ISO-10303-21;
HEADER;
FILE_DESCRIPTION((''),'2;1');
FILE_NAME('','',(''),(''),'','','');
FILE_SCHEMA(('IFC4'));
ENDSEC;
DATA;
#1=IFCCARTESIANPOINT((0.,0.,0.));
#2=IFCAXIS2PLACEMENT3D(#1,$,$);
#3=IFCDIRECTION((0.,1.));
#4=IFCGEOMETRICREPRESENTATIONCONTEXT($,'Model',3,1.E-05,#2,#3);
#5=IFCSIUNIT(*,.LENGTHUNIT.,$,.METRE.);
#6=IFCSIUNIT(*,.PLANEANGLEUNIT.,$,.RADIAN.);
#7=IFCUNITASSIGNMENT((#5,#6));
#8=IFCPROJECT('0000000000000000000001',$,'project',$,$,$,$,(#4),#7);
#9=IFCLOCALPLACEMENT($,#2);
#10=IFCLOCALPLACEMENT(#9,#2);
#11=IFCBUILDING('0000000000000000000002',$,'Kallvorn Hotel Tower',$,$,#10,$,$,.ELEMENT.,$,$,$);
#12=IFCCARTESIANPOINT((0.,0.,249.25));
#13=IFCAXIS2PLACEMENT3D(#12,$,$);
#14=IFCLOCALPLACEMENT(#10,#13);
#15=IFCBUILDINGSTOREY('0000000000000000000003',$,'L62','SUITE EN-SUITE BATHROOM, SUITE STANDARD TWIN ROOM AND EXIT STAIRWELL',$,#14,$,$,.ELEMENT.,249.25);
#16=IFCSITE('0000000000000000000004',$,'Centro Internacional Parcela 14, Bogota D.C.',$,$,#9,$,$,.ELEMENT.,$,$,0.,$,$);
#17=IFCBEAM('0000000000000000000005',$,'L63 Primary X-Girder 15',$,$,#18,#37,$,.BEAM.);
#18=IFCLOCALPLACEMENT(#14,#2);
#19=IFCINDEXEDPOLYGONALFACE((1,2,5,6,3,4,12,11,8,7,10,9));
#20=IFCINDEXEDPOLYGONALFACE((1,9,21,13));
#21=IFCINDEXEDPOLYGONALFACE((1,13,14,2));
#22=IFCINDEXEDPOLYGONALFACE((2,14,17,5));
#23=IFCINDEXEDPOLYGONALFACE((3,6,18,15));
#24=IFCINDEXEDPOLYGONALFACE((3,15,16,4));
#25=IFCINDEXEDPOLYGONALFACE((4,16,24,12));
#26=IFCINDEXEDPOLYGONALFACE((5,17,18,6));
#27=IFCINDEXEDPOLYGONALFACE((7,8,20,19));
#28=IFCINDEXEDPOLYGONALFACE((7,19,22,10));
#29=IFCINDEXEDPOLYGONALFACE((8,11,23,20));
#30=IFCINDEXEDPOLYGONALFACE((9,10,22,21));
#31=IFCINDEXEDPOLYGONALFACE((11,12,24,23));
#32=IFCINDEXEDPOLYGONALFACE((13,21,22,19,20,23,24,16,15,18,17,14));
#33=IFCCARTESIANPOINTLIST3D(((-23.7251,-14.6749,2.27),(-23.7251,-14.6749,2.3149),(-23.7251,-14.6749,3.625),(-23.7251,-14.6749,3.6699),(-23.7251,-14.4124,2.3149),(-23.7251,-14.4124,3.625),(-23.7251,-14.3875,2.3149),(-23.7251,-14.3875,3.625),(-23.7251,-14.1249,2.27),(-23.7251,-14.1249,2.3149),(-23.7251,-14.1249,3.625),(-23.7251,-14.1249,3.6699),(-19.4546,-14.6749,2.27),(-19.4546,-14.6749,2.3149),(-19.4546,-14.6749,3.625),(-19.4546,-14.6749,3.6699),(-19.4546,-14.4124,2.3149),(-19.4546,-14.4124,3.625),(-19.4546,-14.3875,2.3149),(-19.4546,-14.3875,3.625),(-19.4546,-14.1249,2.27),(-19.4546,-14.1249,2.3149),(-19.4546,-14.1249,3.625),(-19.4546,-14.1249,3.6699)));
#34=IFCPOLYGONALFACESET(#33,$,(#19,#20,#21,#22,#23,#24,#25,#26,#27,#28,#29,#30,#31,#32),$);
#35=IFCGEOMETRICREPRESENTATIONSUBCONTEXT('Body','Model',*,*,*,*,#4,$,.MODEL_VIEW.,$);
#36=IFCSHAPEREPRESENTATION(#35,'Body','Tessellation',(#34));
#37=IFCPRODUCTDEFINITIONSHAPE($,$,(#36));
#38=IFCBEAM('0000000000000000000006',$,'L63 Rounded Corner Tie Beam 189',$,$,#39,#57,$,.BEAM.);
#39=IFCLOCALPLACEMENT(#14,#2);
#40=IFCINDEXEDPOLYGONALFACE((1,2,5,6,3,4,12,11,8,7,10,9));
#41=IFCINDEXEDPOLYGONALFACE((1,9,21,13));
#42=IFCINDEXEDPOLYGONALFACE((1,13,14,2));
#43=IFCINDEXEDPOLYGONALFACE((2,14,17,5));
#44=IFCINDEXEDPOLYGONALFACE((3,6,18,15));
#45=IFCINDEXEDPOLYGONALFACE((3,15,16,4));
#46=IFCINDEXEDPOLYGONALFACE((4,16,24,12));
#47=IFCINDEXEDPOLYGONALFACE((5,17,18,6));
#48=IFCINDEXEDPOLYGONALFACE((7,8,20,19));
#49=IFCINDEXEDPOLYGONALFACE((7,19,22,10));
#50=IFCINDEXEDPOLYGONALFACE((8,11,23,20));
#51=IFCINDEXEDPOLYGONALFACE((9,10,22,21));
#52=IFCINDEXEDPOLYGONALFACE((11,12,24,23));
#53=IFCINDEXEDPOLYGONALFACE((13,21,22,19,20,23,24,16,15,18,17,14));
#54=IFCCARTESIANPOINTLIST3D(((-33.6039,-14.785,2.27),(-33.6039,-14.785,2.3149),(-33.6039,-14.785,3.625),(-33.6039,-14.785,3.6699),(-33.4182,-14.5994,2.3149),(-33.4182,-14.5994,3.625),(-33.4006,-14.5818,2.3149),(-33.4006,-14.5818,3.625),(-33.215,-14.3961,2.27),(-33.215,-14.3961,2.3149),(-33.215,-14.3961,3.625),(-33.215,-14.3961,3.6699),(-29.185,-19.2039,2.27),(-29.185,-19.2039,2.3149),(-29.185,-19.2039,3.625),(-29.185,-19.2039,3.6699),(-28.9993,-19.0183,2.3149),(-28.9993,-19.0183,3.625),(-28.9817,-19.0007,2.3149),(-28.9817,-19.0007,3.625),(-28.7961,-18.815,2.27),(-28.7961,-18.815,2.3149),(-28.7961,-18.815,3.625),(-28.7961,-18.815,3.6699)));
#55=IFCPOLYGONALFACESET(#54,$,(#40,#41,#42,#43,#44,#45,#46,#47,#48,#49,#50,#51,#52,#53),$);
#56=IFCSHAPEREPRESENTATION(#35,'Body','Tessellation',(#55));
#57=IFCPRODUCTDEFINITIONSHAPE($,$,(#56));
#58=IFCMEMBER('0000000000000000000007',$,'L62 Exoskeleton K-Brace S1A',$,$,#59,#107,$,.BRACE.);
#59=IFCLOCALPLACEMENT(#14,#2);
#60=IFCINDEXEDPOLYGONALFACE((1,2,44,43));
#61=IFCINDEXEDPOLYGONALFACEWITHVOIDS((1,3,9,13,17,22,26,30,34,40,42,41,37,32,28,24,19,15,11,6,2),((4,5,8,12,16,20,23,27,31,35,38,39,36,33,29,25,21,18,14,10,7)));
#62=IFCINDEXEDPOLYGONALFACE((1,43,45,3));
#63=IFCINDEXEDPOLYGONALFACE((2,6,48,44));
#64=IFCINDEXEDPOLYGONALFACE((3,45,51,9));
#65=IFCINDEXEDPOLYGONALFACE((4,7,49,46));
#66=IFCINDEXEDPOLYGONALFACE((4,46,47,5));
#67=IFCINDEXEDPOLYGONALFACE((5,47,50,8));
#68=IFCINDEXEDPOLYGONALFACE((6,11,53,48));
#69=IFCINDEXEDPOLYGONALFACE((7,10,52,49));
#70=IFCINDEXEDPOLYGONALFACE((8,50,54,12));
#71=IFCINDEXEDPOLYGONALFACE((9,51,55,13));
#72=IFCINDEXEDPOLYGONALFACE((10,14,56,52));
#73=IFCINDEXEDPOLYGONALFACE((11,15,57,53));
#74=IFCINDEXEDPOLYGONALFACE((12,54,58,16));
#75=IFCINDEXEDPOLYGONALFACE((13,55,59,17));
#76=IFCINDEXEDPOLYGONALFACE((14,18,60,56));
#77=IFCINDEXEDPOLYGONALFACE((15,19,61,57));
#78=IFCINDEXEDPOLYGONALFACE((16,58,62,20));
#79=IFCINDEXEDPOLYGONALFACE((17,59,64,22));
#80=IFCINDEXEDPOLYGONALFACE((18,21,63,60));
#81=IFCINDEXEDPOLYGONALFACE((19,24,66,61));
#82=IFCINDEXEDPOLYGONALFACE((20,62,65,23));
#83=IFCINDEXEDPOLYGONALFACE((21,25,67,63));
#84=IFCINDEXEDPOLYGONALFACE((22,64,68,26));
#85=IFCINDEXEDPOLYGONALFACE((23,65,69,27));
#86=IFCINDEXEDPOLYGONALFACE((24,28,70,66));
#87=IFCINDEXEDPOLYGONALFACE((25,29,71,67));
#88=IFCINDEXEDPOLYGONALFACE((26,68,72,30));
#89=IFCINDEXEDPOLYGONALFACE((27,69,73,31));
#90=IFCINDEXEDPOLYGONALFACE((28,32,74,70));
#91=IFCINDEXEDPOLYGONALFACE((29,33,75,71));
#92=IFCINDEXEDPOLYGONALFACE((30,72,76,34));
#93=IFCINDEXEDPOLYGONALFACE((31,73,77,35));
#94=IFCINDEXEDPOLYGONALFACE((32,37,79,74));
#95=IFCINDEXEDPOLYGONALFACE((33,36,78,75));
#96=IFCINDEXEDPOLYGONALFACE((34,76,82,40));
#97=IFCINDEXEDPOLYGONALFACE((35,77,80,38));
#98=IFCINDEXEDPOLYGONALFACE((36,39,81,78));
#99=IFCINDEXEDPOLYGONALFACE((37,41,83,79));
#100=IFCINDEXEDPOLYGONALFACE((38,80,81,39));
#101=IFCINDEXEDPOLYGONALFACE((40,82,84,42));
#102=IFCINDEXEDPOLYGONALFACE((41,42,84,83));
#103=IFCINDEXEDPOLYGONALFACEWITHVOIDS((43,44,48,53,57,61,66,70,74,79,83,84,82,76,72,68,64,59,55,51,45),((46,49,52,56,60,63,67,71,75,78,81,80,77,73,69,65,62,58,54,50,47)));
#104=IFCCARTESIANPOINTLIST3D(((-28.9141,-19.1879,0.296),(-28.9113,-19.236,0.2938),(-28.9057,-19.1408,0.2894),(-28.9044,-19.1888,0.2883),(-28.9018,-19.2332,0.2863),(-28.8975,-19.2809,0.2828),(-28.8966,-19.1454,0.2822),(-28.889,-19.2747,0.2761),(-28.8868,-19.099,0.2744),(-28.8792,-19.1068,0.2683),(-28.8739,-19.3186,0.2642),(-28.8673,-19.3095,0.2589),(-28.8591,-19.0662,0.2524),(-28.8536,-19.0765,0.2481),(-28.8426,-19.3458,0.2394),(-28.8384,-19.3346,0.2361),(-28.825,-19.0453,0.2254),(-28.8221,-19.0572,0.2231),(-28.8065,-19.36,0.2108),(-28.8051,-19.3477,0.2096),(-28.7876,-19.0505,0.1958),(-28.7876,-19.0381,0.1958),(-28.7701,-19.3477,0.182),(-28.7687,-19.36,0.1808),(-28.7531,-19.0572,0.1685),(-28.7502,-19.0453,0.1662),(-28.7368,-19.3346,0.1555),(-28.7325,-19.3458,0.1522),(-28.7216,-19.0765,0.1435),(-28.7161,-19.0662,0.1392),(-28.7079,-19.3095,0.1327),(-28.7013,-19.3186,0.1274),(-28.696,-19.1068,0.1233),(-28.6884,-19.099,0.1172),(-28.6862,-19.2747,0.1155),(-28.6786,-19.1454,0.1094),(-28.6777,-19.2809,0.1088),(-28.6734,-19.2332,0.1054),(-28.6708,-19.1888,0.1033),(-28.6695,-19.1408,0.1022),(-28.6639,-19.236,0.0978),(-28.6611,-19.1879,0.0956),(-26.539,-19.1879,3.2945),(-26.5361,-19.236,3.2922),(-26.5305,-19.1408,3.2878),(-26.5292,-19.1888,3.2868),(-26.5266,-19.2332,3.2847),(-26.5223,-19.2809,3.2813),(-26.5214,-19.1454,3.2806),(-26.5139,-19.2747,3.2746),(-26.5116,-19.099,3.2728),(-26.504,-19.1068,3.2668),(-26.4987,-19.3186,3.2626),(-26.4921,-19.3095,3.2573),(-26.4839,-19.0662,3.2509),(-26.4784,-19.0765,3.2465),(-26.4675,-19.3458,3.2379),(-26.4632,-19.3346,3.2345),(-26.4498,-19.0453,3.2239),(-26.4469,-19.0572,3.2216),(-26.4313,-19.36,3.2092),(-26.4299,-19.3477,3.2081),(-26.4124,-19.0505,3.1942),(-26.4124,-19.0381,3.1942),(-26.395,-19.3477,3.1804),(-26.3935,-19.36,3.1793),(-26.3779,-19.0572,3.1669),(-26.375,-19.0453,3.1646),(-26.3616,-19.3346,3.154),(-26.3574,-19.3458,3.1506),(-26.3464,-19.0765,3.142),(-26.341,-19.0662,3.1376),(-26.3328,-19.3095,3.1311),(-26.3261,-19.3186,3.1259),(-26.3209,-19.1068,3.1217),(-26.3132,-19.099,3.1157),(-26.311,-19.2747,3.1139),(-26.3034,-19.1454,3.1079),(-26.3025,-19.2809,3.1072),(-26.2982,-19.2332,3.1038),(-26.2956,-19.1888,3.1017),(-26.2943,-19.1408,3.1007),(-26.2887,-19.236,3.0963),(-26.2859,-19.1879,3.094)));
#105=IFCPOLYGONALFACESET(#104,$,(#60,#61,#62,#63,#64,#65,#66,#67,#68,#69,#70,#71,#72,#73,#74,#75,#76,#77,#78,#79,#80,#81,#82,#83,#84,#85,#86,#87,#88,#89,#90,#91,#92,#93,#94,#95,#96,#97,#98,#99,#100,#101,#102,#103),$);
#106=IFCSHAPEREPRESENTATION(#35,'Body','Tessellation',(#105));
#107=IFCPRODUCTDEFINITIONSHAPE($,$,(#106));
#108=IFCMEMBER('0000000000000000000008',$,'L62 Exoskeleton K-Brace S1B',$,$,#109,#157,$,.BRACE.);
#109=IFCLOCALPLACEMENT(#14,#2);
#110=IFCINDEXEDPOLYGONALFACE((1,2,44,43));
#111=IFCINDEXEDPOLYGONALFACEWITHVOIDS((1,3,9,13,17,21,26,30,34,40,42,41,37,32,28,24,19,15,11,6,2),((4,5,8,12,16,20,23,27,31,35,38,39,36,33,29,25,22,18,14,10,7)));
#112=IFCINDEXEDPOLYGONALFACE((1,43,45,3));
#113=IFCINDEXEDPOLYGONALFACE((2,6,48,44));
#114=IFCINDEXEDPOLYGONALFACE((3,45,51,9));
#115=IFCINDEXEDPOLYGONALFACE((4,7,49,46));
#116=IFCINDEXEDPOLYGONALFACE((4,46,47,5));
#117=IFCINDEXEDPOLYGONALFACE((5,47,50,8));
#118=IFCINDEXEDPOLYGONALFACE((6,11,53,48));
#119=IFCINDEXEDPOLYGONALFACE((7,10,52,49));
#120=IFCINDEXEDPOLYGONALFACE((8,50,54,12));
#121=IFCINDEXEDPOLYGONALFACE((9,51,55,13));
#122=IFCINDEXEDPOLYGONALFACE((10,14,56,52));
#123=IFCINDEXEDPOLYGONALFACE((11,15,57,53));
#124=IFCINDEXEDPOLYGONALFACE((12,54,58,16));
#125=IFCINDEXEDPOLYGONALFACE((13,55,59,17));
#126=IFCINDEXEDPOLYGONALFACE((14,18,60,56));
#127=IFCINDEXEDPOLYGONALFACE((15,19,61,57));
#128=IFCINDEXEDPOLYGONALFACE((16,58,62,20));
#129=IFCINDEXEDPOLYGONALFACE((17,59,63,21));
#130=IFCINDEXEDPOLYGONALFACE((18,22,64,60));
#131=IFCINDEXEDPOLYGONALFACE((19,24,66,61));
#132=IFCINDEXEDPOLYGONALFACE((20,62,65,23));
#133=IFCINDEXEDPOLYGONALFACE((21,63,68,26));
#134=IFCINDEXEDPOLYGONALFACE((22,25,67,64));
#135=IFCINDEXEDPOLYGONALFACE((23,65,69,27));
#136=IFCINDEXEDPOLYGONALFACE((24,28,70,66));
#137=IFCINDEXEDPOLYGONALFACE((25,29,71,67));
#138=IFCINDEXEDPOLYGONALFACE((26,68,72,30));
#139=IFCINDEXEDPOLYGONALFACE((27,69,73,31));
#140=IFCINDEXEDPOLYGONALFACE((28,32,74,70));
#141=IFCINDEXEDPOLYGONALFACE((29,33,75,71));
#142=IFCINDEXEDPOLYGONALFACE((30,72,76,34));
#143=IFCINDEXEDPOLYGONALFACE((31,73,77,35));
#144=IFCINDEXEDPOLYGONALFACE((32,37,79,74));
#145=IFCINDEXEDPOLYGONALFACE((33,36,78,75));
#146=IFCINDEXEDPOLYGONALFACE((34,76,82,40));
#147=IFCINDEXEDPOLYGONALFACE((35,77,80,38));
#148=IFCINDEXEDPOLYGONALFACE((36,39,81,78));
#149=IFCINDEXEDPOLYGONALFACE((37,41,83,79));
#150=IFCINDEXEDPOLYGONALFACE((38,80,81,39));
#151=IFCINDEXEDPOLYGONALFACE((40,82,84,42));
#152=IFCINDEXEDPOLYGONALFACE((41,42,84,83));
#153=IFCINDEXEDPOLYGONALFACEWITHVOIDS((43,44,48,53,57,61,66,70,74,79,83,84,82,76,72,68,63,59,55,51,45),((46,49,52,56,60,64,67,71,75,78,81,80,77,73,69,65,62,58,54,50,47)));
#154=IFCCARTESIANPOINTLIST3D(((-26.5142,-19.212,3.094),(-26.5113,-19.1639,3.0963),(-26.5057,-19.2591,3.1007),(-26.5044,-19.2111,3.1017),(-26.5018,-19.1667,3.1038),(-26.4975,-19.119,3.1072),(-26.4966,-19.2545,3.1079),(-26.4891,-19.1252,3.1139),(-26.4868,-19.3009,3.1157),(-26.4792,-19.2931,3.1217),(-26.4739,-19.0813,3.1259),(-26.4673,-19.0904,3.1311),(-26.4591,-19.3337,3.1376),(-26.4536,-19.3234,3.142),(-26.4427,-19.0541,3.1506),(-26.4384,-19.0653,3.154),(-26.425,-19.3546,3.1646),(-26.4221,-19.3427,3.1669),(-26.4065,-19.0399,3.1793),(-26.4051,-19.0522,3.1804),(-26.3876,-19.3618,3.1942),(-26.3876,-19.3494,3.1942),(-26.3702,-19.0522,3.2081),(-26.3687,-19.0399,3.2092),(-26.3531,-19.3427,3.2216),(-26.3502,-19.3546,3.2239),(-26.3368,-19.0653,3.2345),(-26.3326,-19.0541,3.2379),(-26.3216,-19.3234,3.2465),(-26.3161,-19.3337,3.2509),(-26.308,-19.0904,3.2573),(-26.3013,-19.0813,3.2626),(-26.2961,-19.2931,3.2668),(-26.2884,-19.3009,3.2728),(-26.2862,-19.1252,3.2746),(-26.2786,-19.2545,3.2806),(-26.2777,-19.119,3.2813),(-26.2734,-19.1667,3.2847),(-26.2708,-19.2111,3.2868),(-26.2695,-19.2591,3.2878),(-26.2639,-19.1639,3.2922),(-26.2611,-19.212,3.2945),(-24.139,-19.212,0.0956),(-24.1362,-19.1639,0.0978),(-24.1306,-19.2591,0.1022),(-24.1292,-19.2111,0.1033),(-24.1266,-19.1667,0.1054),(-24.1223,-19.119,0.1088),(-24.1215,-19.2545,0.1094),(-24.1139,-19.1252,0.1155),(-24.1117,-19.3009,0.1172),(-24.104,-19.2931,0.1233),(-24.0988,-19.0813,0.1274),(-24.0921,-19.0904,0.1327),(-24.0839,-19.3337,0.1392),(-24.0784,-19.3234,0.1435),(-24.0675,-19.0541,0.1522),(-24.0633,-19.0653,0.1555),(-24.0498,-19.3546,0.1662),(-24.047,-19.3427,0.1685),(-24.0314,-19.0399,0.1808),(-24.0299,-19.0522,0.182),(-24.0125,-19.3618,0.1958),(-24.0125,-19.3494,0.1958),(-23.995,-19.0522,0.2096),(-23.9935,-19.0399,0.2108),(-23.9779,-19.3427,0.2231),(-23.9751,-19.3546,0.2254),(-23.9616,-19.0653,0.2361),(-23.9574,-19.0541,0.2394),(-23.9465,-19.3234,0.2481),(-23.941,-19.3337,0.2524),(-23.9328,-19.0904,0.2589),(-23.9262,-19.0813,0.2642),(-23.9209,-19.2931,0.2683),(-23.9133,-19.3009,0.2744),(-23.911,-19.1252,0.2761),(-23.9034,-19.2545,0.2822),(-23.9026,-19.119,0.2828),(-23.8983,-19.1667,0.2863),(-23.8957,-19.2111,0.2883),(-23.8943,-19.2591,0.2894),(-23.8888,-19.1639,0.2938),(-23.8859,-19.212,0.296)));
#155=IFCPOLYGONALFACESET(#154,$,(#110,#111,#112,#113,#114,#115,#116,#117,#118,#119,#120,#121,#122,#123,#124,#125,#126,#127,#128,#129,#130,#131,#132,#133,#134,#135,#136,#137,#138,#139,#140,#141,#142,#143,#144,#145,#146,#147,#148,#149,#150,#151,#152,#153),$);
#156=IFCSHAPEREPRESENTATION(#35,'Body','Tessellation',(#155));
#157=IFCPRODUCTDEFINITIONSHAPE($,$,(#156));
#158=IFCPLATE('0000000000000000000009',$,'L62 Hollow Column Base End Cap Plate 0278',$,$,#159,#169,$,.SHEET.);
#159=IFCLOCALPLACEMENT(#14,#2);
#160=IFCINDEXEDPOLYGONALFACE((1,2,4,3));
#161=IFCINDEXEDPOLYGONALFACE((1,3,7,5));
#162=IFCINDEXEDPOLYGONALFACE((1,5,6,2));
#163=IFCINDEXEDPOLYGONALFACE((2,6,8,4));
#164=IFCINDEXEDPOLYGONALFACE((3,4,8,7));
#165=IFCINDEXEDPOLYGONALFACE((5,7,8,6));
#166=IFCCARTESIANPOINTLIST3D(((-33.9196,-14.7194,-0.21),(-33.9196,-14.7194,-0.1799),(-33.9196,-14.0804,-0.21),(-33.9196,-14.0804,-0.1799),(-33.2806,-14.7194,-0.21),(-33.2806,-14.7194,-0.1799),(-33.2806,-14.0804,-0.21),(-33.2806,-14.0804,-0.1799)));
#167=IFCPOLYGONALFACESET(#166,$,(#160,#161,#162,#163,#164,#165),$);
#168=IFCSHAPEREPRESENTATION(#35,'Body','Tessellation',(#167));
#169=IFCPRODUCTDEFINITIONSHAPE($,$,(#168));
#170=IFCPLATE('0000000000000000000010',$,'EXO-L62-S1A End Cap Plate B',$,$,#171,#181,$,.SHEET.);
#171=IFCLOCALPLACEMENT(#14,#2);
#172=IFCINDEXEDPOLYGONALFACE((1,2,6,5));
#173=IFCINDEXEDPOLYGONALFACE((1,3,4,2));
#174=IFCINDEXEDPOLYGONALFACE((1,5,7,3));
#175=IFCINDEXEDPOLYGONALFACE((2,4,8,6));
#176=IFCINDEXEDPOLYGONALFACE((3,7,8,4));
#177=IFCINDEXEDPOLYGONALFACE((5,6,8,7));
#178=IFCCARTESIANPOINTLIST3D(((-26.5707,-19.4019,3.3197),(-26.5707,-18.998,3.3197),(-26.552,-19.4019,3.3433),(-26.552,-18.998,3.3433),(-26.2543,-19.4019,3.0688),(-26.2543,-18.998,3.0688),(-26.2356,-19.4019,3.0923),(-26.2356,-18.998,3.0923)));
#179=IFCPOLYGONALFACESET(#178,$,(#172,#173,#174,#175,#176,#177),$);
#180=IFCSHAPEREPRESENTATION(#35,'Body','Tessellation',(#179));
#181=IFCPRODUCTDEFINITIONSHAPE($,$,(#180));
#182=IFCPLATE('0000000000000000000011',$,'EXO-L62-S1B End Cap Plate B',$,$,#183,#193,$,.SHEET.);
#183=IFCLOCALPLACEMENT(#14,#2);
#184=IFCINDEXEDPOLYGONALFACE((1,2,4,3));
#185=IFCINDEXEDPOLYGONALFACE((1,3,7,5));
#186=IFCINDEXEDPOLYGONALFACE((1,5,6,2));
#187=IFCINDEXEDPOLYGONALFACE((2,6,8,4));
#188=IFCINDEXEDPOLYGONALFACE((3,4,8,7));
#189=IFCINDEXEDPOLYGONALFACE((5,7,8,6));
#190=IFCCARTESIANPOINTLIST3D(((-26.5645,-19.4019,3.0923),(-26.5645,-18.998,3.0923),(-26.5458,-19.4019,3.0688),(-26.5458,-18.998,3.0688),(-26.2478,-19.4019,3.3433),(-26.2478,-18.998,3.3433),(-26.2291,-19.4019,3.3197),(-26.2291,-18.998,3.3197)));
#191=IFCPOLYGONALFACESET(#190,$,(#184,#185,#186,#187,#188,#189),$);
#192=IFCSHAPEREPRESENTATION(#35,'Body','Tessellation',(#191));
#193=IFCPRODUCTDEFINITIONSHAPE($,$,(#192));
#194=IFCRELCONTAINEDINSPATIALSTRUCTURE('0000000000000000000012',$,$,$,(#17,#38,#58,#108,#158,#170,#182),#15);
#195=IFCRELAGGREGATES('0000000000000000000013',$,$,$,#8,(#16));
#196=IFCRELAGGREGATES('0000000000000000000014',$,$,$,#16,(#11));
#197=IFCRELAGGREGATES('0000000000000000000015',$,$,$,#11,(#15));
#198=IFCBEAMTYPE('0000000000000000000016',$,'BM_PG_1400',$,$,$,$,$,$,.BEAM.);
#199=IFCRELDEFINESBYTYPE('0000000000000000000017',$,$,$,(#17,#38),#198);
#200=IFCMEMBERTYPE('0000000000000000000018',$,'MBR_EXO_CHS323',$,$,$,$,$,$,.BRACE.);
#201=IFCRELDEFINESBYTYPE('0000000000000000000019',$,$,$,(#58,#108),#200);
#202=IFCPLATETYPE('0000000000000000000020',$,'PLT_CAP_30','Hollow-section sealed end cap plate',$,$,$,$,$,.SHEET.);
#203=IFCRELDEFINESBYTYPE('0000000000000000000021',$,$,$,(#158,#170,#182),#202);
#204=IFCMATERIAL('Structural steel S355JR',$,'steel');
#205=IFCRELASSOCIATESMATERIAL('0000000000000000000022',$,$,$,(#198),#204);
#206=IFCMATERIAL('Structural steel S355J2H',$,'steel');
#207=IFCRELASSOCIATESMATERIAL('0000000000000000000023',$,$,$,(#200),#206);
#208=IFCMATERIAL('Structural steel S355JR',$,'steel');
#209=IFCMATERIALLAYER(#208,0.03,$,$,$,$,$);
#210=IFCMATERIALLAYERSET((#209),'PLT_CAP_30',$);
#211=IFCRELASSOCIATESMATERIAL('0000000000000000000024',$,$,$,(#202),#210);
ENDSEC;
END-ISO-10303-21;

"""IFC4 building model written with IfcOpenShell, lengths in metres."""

from ifc_helpers import new_model, si_unit, direction, frame, origin, origin_2d, place, context, subcontext, project, spatial, polyline, rectangle, hollow_circle, i_section, outline, extrude, material, layer, layer_set, material_profile, profile_set, type_object, element, save


model = new_model("IFC4")

# Units and contexts
model_context = context("Model", 3, precision=1e-05, world=origin(), true_north=direction((0.0, 1.0)))
body_context = subcontext(model_context, "Body", "Model", "MODEL_VIEW")
ifc_project = project(units=[si_unit("LENGTHUNIT", "METRE"), si_unit("PLANEANGLEUNIT", "RADIAN")], contexts=[model_context])

# Site, building, storey
site_placement = place(None, origin())
site = spatial("IfcSite", under=ifc_project, at=site_placement, Name="Centro Internacional Parcela 14, Bogota D.C.", CompositionType="ELEMENT", RefElevation=0.0)
building_placement = place(site_placement, origin())
building = spatial("IfcBuilding", under=site, at=building_placement, Name="Kallvorn Hotel Tower", CompositionType="ELEMENT")
storey_placement = place(building_placement, frame((0.0, 0.0, 249.25)))
storey = spatial("IfcBuildingStorey", under=building, at=storey_placement, Name="L62", Description="SUITE EN-SUITE BATHROOM, SUITE STANDARD TWIN ROOM AND EXIT STAIRWELL", CompositionType="ELEMENT", Elevation=249.25)

# Beams
ifc_material_1 = material(Name="Structural steel S355JR", Category="steel")
ifc_material_profile_1 = material_profile(ifc_material_1, i_section(OverallWidth=0.55, OverallDepth=1.3999, WebThickness=0.0249, FlangeThickness=0.0449, at=origin_2d()), Name="PG 1400x550x25x45")
ifc_profile_set_1 = profile_set([ifc_material_profile_1], Name="Structural steel S355JR")
beam_type_1 = type_object("IfcBeamType", Name="BM_PG_1400", PredefinedType="BEAM", material=ifc_profile_set_1)
for number, where, z_axis, x_axis, name in (
    (1, (-23.7251, -14.3999, 2.97), (1.0, 0.0, 0.0), (0.0, 1.0, 0.0), "L63 Primary X-Girder 15"),
):
    element("IfcBeam", number, at=place(storey_placement, frame(where, z_axis=z_axis, x_axis=x_axis)), inside=storey, type_object=beam_type_1, Name=name, PredefinedType="BEAM", context=body_context, shape_type="SweptSolid", body=[
        extrude(i_section(OverallWidth=0.55, OverallDepth=1.3999, WebThickness=0.0249, FlangeThickness=0.0449, at=origin_2d()), origin(), (0.0, 0.0, 1.0), 4.2705),
    ])
beam_1_placement = place(storey_placement, frame((-33.4094, -14.5906, 2.97), z_axis=(0.707107, -0.707107, 0.0), x_axis=(0.707107, 0.707107, 0.0)))
element("IfcBeam", 2, at=beam_1_placement, inside=storey, type_object=beam_type_1, Name="L63 Rounded Corner Tie Beam 189", PredefinedType="BEAM", context=body_context, shape_type="SweptSolid", body=[
    extrude(i_section(OverallWidth=0.55, OverallDepth=1.3999, WebThickness=0.0249, FlangeThickness=0.0449, at=origin_2d()), origin(), (0.0, 0.0, 1.0), 6.2493),
])

# Members
ifc_material_2 = material(Name="Structural steel S355J2H", Category="steel")
ifc_material_profile_2 = material_profile(ifc_material_2, hollow_circle(Radius=0.1619, WallThickness=0.0125, at=origin_2d()), Name="CHS 323.9x12.5")
ifc_profile_set_2 = profile_set([ifc_material_profile_2], Name="Structural steel S355J2H")
member_type = type_object("IfcMemberType", Name="MBR_EXO_CHS323", PredefinedType="BRACE", material=ifc_profile_set_2)
for number, where, z_axis, x_axis, name in (
    (3, (-28.7876, -19.2, 0.1958), (0.620929, 0.0, 0.783867), (0.0, 1.0, 0.0), "L62 Exoskeleton K-Brace S1A"),
    (4, (-24.0125, -19.2, 0.1958), (-0.620929, 0.0, 0.783867), (0.0, -1.0, 0.0), "L62 Exoskeleton K-Brace S1B"),
):
    element("IfcMember", number, at=place(storey_placement, frame(where, z_axis=z_axis, x_axis=x_axis)), inside=storey, type_object=member_type, Name=name, PredefinedType="BRACE", context=body_context, shape_type="SweptSolid", body=[
        extrude(hollow_circle(Radius=0.1619, WallThickness=0.0125, at=origin_2d()), origin(), (0.0, 0.0, 1.0), 3.8252),
    ])

# Plates
ifc_material_3 = material(Name="Structural steel S355JR", Category="steel")
ifc_layer_1 = layer(ifc_material_3, 0.03)
ifc_layer_set_1 = layer_set([ifc_layer_1], Name="PLT_CAP_30")
plate_type_1 = type_object("IfcPlateType", Name="PLT_CAP_30", Description="Hollow-section sealed end cap plate", PredefinedType="SHEET", material=ifc_layer_set_1)
plate_1_placement = place(storey_placement, frame((-33.6001, -14.3999, -0.21), z_axis=(0.0, 0.0, 1.0), x_axis=(1.0, 0.0, 0.0)))
element("IfcPlate", 5, at=plate_1_placement, inside=storey, type_object=plate_type_1, Name="L62 Hollow Column Base End Cap Plate 0278", PredefinedType="SHEET", context=body_context, shape_type="SweptSolid", body=[
    extrude(rectangle(XDim=0.6389, YDim=0.6389, at=origin_2d()), origin(), (0.0, 0.0, 1.0), 0.03),
])
plate_2_placement = place(storey_placement, frame((-26.2356, -19.4019, 3.0923), z_axis=(0.621446, 0.0, 0.783457), x_axis=(0.0, 1.0, 0.0)))
element("IfcPlate", 6, at=plate_2_placement, inside=storey, type_object=plate_type_1, Name="EXO-L62-S1A End Cap Plate B", PredefinedType="SHEET", context=body_context, shape_type="SweptSolid", body=[
    extrude(outline(polyline([(0.0, 0.0), (0.4038, 0.0), (0.4038, 0.4039), (0.0, 0.4039), (0.0, 0.0)])), origin(), (0.0, 0.0, -1.0), 0.03),
])
plate_3_placement = place(storey_placement, frame((-26.5645, -18.998, 3.0923), z_axis=(-0.621152, 0.0, 0.78369), x_axis=(0.0, -1.0, 0.0)))
element("IfcPlate", 7, at=plate_3_placement, inside=storey, type_object=plate_type_1, Name="EXO-L62-S1B End Cap Plate B", PredefinedType="SHEET", context=body_context, shape_type="SweptSolid", body=[
    extrude(outline(polyline([(0.0, 0.0), (0.4038, 0.0), (0.4038, 0.4041), (0.0, 0.4041), (0.0, 0.0)])), origin(), (0.0, 0.0, -1.0), 0.03),
])

save(model, "model.ifc")
